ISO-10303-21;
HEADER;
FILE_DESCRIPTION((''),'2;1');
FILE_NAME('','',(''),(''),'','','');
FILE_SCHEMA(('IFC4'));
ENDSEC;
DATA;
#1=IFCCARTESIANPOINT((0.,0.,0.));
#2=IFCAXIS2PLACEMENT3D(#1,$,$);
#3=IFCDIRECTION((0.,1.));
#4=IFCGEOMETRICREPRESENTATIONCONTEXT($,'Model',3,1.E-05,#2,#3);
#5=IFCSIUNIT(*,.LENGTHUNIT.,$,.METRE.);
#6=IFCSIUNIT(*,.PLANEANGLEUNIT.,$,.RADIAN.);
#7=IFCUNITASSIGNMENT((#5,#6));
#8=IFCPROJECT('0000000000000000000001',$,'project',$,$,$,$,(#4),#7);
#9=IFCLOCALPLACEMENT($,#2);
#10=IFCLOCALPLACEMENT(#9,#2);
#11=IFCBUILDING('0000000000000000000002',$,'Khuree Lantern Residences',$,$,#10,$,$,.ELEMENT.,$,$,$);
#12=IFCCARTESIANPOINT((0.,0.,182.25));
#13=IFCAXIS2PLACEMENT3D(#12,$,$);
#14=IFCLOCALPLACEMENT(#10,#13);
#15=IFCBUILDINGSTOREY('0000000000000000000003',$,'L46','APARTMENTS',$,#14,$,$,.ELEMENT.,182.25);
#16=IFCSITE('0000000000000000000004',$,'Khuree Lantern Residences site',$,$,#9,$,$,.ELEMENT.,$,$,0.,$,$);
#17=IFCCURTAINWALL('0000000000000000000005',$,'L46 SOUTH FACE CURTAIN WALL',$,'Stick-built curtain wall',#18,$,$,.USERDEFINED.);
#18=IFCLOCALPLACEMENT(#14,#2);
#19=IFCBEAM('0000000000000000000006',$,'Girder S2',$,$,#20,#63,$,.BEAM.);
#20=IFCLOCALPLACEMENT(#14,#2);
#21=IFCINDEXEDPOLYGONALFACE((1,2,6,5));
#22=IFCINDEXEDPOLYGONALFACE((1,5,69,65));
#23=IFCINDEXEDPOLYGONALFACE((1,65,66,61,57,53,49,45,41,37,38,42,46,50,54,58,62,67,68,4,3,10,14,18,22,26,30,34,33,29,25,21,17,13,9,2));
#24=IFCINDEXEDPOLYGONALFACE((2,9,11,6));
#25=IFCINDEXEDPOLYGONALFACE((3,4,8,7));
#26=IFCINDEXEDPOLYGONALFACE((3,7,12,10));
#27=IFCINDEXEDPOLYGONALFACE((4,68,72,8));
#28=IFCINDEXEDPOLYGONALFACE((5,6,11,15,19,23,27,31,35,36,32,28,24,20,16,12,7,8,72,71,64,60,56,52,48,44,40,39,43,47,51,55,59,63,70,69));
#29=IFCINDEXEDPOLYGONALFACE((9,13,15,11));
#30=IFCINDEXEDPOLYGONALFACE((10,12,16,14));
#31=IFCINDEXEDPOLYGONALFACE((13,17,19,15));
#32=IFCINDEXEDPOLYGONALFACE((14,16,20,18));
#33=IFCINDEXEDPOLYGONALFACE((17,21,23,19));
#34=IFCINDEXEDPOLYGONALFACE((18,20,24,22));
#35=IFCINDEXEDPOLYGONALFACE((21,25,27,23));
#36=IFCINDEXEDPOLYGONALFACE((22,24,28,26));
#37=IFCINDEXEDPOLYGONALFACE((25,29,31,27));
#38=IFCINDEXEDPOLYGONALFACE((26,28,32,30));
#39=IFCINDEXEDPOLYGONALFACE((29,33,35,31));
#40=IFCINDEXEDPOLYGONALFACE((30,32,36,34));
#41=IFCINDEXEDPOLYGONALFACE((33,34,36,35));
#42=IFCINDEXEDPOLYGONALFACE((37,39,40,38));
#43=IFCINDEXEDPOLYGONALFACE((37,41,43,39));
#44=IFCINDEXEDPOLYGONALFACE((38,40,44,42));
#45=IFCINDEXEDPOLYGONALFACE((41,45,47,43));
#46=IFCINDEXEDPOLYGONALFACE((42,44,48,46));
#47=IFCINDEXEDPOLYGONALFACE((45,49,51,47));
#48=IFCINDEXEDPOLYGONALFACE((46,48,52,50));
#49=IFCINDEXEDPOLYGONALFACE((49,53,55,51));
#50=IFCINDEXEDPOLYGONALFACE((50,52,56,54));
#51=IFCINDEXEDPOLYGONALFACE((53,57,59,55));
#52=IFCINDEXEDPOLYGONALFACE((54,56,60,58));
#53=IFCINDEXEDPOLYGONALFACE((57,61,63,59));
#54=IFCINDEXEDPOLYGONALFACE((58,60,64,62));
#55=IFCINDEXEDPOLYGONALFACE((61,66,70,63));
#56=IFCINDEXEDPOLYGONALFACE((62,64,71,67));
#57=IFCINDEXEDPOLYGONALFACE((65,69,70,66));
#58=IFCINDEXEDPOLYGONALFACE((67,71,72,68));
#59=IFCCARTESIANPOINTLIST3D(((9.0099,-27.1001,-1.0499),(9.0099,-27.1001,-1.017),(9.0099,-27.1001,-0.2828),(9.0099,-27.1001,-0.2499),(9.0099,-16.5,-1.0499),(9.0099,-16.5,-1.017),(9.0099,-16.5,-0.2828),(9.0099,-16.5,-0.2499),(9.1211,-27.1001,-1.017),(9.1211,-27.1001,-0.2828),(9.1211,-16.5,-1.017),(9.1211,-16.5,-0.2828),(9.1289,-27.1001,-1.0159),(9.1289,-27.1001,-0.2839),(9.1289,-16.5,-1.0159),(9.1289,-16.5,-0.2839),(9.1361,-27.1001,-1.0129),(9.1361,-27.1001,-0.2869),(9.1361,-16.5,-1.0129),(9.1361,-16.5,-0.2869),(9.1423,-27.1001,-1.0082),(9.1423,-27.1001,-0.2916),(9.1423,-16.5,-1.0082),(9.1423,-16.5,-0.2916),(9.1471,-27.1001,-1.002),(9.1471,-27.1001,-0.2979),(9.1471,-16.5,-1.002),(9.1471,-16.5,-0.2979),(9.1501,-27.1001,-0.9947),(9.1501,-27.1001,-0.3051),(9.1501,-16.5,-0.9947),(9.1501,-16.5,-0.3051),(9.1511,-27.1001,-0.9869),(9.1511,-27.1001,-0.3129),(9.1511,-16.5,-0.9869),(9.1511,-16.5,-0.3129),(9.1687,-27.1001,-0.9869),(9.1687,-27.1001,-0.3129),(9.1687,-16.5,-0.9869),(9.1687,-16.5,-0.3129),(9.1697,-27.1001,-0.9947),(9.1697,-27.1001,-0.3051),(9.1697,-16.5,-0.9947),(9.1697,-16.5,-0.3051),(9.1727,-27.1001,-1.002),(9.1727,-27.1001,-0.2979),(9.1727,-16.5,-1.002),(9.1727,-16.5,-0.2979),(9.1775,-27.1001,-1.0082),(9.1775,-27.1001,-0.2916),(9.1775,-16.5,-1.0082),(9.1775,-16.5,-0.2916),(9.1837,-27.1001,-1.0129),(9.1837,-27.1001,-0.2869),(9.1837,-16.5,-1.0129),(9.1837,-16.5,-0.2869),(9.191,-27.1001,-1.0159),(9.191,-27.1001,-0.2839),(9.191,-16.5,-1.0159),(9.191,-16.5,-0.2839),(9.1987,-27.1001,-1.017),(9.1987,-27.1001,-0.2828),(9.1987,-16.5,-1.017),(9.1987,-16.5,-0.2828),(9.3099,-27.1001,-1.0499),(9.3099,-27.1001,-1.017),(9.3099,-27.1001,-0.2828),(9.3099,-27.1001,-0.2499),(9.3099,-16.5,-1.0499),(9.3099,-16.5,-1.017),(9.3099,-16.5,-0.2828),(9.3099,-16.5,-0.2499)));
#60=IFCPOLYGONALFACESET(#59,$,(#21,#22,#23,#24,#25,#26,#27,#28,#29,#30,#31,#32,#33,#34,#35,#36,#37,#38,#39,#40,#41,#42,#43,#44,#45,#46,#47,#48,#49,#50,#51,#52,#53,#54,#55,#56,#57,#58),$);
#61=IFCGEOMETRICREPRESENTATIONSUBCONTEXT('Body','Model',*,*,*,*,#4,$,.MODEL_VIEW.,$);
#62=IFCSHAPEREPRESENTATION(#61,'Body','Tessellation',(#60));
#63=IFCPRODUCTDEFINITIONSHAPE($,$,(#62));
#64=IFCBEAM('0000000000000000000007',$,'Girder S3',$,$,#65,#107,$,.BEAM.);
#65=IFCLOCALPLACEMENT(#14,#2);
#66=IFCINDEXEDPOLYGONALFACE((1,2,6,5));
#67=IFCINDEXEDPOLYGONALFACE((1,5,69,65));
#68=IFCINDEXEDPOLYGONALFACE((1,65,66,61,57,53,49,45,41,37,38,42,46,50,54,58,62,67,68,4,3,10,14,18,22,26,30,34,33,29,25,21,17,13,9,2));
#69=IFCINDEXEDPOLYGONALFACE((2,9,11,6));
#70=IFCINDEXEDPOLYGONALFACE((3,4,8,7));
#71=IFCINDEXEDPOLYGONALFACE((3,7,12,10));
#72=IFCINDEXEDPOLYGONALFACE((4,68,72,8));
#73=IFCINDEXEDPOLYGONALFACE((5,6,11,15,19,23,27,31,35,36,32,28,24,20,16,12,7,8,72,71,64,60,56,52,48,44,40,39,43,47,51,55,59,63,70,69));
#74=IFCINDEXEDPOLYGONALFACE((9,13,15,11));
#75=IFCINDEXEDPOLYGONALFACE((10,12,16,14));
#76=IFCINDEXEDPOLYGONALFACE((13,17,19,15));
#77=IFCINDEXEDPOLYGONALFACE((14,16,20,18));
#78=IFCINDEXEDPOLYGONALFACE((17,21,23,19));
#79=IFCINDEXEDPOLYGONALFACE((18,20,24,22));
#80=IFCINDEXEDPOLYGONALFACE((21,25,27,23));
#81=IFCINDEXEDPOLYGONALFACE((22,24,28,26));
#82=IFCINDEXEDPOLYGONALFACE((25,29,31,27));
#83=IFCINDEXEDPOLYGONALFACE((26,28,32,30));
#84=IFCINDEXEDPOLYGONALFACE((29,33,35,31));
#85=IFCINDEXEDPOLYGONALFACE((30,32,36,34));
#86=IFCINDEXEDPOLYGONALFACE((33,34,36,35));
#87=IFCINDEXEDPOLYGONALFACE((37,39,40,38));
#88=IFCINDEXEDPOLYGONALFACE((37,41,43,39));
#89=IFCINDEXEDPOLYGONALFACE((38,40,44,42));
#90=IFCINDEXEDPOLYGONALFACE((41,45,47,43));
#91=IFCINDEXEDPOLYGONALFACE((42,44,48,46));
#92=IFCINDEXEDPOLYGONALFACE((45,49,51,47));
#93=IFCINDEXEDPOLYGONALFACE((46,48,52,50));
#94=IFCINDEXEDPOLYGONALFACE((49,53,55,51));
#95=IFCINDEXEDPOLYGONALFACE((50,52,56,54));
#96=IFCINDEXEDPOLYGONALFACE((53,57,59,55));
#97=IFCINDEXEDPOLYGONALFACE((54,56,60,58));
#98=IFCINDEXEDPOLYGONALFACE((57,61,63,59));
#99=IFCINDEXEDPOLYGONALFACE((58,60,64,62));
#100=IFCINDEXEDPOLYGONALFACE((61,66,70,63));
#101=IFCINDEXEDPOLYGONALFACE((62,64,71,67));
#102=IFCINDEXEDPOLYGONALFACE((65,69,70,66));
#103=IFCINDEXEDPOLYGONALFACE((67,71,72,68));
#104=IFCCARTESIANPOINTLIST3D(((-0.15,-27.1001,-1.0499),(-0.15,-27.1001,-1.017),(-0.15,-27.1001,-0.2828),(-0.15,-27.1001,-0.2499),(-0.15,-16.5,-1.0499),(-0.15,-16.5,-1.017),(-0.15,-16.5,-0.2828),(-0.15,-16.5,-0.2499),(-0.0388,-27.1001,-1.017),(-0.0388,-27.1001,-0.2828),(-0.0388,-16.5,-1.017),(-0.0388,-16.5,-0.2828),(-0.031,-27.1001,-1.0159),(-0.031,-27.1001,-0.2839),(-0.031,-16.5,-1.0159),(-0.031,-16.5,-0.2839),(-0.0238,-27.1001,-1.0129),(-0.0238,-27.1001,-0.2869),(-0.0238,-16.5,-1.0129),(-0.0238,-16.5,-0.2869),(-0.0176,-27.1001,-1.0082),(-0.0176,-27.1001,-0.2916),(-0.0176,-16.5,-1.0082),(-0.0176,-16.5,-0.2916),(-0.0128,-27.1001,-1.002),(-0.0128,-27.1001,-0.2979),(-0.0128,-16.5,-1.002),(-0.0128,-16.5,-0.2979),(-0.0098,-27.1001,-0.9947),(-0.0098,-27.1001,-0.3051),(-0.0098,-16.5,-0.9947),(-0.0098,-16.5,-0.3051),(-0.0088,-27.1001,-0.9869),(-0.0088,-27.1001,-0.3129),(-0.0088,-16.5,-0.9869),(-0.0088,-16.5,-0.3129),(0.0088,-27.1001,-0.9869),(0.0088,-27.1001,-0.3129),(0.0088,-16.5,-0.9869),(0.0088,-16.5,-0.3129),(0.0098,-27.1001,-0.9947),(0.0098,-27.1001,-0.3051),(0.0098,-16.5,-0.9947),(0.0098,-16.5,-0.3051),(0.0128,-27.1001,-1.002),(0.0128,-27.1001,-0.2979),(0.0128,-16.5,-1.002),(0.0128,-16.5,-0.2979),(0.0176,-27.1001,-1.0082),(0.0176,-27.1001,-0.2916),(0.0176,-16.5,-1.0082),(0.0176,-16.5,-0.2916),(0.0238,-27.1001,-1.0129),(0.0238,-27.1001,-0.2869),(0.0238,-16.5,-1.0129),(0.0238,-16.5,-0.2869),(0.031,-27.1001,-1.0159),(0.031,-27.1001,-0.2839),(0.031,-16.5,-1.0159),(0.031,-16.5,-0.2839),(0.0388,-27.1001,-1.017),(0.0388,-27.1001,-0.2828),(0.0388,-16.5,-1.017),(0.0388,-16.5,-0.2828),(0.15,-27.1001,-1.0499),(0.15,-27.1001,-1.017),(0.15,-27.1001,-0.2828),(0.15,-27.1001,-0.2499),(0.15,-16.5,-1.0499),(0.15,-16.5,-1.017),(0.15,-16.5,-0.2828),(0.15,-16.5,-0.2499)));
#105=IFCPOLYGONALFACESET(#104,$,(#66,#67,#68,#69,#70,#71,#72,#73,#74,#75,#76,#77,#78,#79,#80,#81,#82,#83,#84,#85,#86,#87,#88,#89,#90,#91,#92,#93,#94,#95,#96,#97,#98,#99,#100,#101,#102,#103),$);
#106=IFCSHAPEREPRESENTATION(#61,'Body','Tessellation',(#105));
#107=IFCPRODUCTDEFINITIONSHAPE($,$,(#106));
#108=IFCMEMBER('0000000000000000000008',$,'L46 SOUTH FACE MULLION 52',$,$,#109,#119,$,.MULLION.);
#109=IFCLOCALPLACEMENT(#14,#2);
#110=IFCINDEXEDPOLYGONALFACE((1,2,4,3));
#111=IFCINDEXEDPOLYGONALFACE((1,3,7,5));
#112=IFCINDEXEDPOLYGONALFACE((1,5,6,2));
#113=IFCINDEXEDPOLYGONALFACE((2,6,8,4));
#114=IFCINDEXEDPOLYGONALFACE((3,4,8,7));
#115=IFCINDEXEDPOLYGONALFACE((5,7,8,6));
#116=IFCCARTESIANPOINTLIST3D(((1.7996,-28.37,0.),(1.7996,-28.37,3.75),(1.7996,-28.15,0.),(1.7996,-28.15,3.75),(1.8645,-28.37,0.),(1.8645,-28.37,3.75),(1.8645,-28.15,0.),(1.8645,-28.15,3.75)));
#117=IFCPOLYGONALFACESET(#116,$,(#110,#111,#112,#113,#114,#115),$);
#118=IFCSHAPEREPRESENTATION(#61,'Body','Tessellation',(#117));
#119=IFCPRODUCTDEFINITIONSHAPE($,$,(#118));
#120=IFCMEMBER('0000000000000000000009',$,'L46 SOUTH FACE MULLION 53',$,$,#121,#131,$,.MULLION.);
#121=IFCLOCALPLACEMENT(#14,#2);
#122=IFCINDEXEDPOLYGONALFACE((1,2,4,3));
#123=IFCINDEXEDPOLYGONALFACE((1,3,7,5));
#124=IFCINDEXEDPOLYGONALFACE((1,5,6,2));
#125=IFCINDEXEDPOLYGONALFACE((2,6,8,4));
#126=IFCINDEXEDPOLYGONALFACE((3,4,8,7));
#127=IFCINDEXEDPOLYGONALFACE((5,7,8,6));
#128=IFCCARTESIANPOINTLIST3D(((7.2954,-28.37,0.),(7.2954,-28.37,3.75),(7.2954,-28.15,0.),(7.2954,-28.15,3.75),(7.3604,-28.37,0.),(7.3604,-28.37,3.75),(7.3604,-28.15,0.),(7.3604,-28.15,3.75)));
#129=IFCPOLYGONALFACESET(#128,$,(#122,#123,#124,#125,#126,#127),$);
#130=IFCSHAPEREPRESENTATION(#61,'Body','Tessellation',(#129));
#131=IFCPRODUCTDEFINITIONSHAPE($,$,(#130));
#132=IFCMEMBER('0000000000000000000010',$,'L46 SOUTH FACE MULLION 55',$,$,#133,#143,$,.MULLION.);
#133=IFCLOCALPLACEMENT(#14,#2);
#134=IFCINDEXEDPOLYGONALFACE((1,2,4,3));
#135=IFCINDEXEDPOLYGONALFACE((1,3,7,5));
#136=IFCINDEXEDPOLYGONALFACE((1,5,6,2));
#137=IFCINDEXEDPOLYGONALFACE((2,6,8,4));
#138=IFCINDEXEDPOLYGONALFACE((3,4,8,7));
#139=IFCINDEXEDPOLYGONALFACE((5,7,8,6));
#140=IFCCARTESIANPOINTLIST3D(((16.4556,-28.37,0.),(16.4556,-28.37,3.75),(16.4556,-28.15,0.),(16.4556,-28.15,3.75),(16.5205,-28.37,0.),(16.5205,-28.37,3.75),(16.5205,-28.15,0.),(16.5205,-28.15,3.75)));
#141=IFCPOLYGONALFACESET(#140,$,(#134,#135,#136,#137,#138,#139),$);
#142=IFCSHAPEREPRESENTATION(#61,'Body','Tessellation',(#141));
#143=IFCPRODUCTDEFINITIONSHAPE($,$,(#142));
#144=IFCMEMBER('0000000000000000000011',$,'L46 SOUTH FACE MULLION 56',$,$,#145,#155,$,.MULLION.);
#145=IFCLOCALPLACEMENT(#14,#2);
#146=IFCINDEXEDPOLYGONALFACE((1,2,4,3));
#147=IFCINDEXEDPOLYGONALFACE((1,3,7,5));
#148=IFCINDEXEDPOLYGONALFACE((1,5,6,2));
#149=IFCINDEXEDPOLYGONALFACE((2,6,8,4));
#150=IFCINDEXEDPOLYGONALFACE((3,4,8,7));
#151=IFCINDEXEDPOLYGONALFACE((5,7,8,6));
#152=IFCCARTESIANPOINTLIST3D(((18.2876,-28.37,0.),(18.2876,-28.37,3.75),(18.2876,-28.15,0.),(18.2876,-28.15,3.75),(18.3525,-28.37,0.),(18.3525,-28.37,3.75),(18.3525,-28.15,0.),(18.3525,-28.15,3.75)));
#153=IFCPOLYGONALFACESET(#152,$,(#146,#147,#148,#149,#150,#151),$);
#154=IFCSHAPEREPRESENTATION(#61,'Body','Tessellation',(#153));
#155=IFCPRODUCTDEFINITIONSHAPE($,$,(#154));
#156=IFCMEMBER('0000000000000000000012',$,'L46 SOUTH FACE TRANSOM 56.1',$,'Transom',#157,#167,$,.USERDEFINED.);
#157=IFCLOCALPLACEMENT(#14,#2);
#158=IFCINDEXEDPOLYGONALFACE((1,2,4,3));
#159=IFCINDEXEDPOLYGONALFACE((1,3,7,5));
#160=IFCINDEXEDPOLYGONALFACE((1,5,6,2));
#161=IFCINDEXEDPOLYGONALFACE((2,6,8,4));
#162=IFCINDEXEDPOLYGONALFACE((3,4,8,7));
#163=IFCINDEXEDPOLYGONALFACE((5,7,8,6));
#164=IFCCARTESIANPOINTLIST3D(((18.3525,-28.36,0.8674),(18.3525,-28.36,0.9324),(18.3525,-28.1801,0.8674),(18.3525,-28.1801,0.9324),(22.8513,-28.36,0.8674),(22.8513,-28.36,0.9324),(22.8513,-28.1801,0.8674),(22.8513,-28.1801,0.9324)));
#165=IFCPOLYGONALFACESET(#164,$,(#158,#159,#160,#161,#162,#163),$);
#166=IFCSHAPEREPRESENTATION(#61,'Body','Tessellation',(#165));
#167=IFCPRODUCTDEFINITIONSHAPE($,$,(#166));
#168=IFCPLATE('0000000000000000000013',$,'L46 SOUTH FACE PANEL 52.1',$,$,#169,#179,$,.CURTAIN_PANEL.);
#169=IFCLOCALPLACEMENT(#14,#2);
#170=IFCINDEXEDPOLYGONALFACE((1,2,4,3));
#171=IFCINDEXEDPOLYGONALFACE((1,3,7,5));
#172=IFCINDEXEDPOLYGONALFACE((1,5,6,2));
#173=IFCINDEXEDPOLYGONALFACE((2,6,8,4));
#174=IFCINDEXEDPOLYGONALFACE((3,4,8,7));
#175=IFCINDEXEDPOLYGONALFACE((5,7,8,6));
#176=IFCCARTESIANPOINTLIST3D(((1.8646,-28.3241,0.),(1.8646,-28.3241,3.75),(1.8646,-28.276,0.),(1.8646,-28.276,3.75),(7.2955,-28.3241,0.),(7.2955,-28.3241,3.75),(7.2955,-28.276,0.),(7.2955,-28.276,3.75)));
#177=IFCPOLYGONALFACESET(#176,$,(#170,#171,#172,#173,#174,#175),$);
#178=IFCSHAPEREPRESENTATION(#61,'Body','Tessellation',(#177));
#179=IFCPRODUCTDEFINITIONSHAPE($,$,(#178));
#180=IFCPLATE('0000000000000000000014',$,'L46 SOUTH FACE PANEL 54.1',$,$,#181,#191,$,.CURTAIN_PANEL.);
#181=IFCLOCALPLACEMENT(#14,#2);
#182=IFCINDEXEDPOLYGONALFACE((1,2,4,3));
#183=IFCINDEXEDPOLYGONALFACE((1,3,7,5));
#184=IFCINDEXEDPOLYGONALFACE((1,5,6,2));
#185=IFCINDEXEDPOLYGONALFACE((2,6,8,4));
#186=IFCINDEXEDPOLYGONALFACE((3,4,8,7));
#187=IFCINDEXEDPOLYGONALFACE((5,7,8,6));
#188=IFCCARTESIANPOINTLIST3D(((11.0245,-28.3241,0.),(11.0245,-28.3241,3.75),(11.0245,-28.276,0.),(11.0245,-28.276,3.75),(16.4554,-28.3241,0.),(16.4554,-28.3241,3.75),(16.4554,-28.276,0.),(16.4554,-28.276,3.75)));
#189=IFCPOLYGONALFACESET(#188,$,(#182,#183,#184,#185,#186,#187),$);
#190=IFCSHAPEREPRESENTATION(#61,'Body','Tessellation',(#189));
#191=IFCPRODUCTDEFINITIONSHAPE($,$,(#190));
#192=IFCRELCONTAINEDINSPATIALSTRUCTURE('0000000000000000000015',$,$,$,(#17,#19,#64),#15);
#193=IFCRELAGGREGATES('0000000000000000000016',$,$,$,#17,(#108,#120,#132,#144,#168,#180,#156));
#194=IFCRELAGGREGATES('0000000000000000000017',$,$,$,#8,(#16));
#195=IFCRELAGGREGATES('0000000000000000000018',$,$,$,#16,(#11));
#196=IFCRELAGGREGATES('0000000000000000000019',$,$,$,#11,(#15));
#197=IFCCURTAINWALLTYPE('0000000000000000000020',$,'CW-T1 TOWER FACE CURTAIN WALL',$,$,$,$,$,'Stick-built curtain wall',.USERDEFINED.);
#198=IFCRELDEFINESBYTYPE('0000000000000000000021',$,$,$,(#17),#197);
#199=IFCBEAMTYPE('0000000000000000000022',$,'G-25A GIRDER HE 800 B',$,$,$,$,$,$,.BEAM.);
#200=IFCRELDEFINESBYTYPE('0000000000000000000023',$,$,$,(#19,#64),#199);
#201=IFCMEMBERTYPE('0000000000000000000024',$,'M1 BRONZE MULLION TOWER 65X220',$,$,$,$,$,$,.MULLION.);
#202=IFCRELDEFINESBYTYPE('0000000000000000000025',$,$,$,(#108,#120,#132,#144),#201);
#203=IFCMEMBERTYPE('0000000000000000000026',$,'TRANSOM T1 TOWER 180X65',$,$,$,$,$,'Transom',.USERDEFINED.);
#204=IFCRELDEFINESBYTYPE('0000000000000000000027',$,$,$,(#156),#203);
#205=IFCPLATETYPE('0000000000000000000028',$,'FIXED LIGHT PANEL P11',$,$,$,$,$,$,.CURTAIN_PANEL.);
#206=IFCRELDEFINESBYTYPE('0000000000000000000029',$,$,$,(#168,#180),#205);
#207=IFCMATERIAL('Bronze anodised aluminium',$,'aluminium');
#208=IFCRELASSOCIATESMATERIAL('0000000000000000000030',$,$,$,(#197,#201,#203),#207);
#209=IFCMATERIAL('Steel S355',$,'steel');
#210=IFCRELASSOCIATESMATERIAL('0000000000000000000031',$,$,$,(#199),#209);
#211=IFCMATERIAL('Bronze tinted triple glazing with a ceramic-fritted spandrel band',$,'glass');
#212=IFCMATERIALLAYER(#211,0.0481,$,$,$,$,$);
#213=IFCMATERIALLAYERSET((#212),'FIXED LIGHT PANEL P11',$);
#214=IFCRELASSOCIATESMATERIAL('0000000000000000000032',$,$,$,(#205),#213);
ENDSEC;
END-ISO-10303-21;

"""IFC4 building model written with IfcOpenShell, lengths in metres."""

from ifc_helpers import new_model, si_unit, direction, frame, origin, origin_2d, place, context, subcontext, project, spatial, rectangle, i_section, extrude, material, layer, layer_set, material_profile, profile_set, type_object, element, aggregate, save


model = new_model("IFC4")

# Units and contexts
model_context = context("Model", 3, precision=1e-05, world=origin(), true_north=direction((0.0, 1.0)))
body_context = subcontext(model_context, "Body", "Model", "MODEL_VIEW")
ifc_project = project(units=[si_unit("LENGTHUNIT", "METRE"), si_unit("PLANEANGLEUNIT", "RADIAN")], contexts=[model_context])

# Site, building, storey
site_placement = place(None, origin())
site = spatial("IfcSite", under=ifc_project, at=site_placement, Name="Khuree Lantern Residences site", CompositionType="ELEMENT", RefElevation=0.0)
building_placement = place(site_placement, origin())
building = spatial("IfcBuilding", under=site, at=building_placement, Name="Khuree Lantern Residences", CompositionType="ELEMENT")
storey_placement = place(building_placement, frame((0.0, 0.0, 182.25)))
storey = spatial("IfcBuildingStorey", under=building, at=storey_placement, Name="L46", Description="APARTMENTS", CompositionType="ELEMENT", Elevation=182.25)

# Shared definitions
ifc_material_1 = material(Name="Steel S355", Category="steel")

# Curtain wall
ifc_material_2 = material(Name="Bronze anodised aluminium", Category="aluminium")
curtain_wall_type = type_object("IfcCurtainWallType", Name="CW-T1 TOWER FACE CURTAIN WALL", ElementType="Stick-built curtain wall", PredefinedType="USERDEFINED", material=ifc_material_2)
curtain_wall_placement = place(storey_placement, origin())
curtain_wall = element("IfcCurtainWall", 1, at=curtain_wall_placement, inside=storey, type_object=curtain_wall_type, Name="L46 SOUTH FACE CURTAIN WALL", ObjectType="Stick-built curtain wall", PredefinedType="USERDEFINED")

# Beams
ifc_material_profile_1 = material_profile(ifc_material_1, i_section(OverallWidth=0.3, OverallDepth=0.8, WebThickness=0.0176, FlangeThickness=0.033, FilletRadius=0.03, at=origin_2d()), Name="HE 800 B")
ifc_profile_set_1 = profile_set([ifc_material_profile_1], Name="Steel S355")
beam_type_1 = type_object("IfcBeamType", Name="G-25A GIRDER HE 800 B", PredefinedType="BEAM", material=ifc_profile_set_1)
for number, where, z_axis, x_axis, name in (
    (2, (9.1599, -27.1001, -0.6499), (0.0, 1.0, 0.0), (-1.0, 0.0, 0.0), "Girder S2"),
    (3, (0.0, -27.1001, -0.6499), (0.0, 1.0, 0.0), (-1.0, 0.0, 0.0), "Girder S3"),
):
    element("IfcBeam", number, at=place(storey_placement, frame(where, z_axis=z_axis, x_axis=x_axis)), inside=storey, type_object=beam_type_1, Name=name, PredefinedType="BEAM", context=body_context, shape_type="SweptSolid", body=[
        extrude(i_section(OverallWidth=0.3, OverallDepth=0.8, WebThickness=0.0176, FlangeThickness=0.033, FilletRadius=0.03, at=origin_2d()), origin(), (0.0, 0.0, 1.0), 10.6001),
    ])

# Members
ifc_material_profile_2 = material_profile(ifc_material_2, rectangle(XDim=0.0649, YDim=0.22, at=origin_2d()), Name="M1 65X220")
ifc_profile_set_2 = profile_set([ifc_material_profile_2], Name="Bronze anodised aluminium")
member_type_1 = type_object("IfcMemberType", Name="M1 BRONZE MULLION TOWER 65X220", PredefinedType="MULLION", material=ifc_profile_set_2)
member_1_placement = place(storey_placement, frame((1.832, -28.26, 0.0), z_axis=(0.0, 0.0, 1.0), x_axis=(1.0, 0.0, 0.0)))
member_1 = element("IfcMember", 4, at=member_1_placement, type_object=member_type_1, Name="L46 SOUTH FACE MULLION 52", PredefinedType="MULLION", context=body_context, shape_type="SweptSolid", body=[
    extrude(rectangle(XDim=0.0649, YDim=0.22, at=origin_2d()), origin(), (0.0, 0.0, 1.0), 3.75),
])
member_2_placement = place(storey_placement, frame((7.3279, -28.26, 0.0), z_axis=(0.0, 0.0, 1.0), x_axis=(1.0, 0.0, 0.0)))
member_2 = element("IfcMember", 5, at=member_2_placement, type_object=member_type_1, Name="L46 SOUTH FACE MULLION 53", PredefinedType="MULLION", context=body_context, shape_type="SweptSolid", body=[
    extrude(rectangle(XDim=0.0649, YDim=0.22, at=origin_2d()), origin(), (0.0, 0.0, 1.0), 3.75),
])
member_3_placement = place(storey_placement, frame((16.488, -28.26, 0.0), z_axis=(0.0, 0.0, 1.0), x_axis=(1.0, 0.0, 0.0)))
member_3 = element("IfcMember", 6, at=member_3_placement, type_object=member_type_1, Name="L46 SOUTH FACE MULLION 55", PredefinedType="MULLION", context=body_context, shape_type="SweptSolid", body=[
    extrude(rectangle(XDim=0.0649, YDim=0.22, at=origin_2d()), origin(), (0.0, 0.0, 1.0), 3.75),
])
member_4_placement = place(storey_placement, frame((18.3201, -28.26, 0.0), z_axis=(0.0, 0.0, 1.0), x_axis=(1.0, 0.0, 0.0)))
member_4 = element("IfcMember", 7, at=member_4_placement, type_object=member_type_1, Name="L46 SOUTH FACE MULLION 56", PredefinedType="MULLION", context=body_context, shape_type="SweptSolid", body=[
    extrude(rectangle(XDim=0.0649, YDim=0.22, at=origin_2d()), origin(), (0.0, 0.0, 1.0), 3.75),
])
ifc_material_profile_3 = material_profile(ifc_material_2, rectangle(XDim=0.1799, YDim=0.0649, at=origin_2d()), Name="T1 180X65")
ifc_profile_set_3 = profile_set([ifc_material_profile_3], Name="Bronze anodised aluminium")
member_type_2 = type_object("IfcMemberType", Name="TRANSOM T1 TOWER 180X65", ElementType="Transom", PredefinedType="USERDEFINED", material=ifc_profile_set_3)
member_5_placement = place(storey_placement, frame((18.3525, -28.27, 0.8999), z_axis=(1.0, 0.0, 0.0), x_axis=(0.0, 1.0, 0.0)))
member_5 = element("IfcMember", 8, at=member_5_placement, type_object=member_type_2, Name="L46 SOUTH FACE TRANSOM 56.1", ObjectType="Transom", PredefinedType="USERDEFINED", context=body_context, shape_type="SweptSolid", body=[
    extrude(rectangle(XDim=0.1799, YDim=0.0649, at=origin_2d()), origin(), (0.0, 0.0, 1.0), 4.4988),
])

# Plates
ifc_material_3 = material(Name="Bronze tinted triple glazing with a ceramic-fritted spandrel band", Category="glass")
ifc_layer_1 = layer(ifc_material_3, 0.0481)
ifc_layer_set_1 = layer_set([ifc_layer_1], Name="FIXED LIGHT PANEL P11")
plate_type_1 = type_object("IfcPlateType", Name="FIXED LIGHT PANEL P11", PredefinedType="CURTAIN_PANEL", material=ifc_layer_set_1)
plate_1_placement = place(storey_placement, frame((4.5801, -28.3, 0.0), z_axis=(0.0, 0.0, 1.0), x_axis=(1.0, 0.0, 0.0)))
plate_1 = element("IfcPlate", 9, at=plate_1_placement, type_object=plate_type_1, Name="L46 SOUTH FACE PANEL 52.1", PredefinedType="CURTAIN_PANEL", context=body_context, shape_type="SweptSolid", body=[
    extrude(rectangle(XDim=5.4309, YDim=0.0481, at=origin_2d()), origin(), (0.0, 0.0, 1.0), 3.75),
])
plate_2_placement = place(storey_placement, frame((13.74, -28.3, 0.0), z_axis=(0.0, 0.0, 1.0), x_axis=(1.0, 0.0, 0.0)))
plate_2 = element("IfcPlate", 10, at=plate_2_placement, type_object=plate_type_1, Name="L46 SOUTH FACE PANEL 54.1", PredefinedType="CURTAIN_PANEL", context=body_context, shape_type="SweptSolid", body=[
    extrude(rectangle(XDim=5.4309, YDim=0.0481, at=origin_2d()), origin(), (0.0, 0.0, 1.0), 3.75),
])
aggregate(curtain_wall, [member_1, member_2, member_3, member_4, plate_1, plate_2, member_5])

save(model, "model.ifc")
